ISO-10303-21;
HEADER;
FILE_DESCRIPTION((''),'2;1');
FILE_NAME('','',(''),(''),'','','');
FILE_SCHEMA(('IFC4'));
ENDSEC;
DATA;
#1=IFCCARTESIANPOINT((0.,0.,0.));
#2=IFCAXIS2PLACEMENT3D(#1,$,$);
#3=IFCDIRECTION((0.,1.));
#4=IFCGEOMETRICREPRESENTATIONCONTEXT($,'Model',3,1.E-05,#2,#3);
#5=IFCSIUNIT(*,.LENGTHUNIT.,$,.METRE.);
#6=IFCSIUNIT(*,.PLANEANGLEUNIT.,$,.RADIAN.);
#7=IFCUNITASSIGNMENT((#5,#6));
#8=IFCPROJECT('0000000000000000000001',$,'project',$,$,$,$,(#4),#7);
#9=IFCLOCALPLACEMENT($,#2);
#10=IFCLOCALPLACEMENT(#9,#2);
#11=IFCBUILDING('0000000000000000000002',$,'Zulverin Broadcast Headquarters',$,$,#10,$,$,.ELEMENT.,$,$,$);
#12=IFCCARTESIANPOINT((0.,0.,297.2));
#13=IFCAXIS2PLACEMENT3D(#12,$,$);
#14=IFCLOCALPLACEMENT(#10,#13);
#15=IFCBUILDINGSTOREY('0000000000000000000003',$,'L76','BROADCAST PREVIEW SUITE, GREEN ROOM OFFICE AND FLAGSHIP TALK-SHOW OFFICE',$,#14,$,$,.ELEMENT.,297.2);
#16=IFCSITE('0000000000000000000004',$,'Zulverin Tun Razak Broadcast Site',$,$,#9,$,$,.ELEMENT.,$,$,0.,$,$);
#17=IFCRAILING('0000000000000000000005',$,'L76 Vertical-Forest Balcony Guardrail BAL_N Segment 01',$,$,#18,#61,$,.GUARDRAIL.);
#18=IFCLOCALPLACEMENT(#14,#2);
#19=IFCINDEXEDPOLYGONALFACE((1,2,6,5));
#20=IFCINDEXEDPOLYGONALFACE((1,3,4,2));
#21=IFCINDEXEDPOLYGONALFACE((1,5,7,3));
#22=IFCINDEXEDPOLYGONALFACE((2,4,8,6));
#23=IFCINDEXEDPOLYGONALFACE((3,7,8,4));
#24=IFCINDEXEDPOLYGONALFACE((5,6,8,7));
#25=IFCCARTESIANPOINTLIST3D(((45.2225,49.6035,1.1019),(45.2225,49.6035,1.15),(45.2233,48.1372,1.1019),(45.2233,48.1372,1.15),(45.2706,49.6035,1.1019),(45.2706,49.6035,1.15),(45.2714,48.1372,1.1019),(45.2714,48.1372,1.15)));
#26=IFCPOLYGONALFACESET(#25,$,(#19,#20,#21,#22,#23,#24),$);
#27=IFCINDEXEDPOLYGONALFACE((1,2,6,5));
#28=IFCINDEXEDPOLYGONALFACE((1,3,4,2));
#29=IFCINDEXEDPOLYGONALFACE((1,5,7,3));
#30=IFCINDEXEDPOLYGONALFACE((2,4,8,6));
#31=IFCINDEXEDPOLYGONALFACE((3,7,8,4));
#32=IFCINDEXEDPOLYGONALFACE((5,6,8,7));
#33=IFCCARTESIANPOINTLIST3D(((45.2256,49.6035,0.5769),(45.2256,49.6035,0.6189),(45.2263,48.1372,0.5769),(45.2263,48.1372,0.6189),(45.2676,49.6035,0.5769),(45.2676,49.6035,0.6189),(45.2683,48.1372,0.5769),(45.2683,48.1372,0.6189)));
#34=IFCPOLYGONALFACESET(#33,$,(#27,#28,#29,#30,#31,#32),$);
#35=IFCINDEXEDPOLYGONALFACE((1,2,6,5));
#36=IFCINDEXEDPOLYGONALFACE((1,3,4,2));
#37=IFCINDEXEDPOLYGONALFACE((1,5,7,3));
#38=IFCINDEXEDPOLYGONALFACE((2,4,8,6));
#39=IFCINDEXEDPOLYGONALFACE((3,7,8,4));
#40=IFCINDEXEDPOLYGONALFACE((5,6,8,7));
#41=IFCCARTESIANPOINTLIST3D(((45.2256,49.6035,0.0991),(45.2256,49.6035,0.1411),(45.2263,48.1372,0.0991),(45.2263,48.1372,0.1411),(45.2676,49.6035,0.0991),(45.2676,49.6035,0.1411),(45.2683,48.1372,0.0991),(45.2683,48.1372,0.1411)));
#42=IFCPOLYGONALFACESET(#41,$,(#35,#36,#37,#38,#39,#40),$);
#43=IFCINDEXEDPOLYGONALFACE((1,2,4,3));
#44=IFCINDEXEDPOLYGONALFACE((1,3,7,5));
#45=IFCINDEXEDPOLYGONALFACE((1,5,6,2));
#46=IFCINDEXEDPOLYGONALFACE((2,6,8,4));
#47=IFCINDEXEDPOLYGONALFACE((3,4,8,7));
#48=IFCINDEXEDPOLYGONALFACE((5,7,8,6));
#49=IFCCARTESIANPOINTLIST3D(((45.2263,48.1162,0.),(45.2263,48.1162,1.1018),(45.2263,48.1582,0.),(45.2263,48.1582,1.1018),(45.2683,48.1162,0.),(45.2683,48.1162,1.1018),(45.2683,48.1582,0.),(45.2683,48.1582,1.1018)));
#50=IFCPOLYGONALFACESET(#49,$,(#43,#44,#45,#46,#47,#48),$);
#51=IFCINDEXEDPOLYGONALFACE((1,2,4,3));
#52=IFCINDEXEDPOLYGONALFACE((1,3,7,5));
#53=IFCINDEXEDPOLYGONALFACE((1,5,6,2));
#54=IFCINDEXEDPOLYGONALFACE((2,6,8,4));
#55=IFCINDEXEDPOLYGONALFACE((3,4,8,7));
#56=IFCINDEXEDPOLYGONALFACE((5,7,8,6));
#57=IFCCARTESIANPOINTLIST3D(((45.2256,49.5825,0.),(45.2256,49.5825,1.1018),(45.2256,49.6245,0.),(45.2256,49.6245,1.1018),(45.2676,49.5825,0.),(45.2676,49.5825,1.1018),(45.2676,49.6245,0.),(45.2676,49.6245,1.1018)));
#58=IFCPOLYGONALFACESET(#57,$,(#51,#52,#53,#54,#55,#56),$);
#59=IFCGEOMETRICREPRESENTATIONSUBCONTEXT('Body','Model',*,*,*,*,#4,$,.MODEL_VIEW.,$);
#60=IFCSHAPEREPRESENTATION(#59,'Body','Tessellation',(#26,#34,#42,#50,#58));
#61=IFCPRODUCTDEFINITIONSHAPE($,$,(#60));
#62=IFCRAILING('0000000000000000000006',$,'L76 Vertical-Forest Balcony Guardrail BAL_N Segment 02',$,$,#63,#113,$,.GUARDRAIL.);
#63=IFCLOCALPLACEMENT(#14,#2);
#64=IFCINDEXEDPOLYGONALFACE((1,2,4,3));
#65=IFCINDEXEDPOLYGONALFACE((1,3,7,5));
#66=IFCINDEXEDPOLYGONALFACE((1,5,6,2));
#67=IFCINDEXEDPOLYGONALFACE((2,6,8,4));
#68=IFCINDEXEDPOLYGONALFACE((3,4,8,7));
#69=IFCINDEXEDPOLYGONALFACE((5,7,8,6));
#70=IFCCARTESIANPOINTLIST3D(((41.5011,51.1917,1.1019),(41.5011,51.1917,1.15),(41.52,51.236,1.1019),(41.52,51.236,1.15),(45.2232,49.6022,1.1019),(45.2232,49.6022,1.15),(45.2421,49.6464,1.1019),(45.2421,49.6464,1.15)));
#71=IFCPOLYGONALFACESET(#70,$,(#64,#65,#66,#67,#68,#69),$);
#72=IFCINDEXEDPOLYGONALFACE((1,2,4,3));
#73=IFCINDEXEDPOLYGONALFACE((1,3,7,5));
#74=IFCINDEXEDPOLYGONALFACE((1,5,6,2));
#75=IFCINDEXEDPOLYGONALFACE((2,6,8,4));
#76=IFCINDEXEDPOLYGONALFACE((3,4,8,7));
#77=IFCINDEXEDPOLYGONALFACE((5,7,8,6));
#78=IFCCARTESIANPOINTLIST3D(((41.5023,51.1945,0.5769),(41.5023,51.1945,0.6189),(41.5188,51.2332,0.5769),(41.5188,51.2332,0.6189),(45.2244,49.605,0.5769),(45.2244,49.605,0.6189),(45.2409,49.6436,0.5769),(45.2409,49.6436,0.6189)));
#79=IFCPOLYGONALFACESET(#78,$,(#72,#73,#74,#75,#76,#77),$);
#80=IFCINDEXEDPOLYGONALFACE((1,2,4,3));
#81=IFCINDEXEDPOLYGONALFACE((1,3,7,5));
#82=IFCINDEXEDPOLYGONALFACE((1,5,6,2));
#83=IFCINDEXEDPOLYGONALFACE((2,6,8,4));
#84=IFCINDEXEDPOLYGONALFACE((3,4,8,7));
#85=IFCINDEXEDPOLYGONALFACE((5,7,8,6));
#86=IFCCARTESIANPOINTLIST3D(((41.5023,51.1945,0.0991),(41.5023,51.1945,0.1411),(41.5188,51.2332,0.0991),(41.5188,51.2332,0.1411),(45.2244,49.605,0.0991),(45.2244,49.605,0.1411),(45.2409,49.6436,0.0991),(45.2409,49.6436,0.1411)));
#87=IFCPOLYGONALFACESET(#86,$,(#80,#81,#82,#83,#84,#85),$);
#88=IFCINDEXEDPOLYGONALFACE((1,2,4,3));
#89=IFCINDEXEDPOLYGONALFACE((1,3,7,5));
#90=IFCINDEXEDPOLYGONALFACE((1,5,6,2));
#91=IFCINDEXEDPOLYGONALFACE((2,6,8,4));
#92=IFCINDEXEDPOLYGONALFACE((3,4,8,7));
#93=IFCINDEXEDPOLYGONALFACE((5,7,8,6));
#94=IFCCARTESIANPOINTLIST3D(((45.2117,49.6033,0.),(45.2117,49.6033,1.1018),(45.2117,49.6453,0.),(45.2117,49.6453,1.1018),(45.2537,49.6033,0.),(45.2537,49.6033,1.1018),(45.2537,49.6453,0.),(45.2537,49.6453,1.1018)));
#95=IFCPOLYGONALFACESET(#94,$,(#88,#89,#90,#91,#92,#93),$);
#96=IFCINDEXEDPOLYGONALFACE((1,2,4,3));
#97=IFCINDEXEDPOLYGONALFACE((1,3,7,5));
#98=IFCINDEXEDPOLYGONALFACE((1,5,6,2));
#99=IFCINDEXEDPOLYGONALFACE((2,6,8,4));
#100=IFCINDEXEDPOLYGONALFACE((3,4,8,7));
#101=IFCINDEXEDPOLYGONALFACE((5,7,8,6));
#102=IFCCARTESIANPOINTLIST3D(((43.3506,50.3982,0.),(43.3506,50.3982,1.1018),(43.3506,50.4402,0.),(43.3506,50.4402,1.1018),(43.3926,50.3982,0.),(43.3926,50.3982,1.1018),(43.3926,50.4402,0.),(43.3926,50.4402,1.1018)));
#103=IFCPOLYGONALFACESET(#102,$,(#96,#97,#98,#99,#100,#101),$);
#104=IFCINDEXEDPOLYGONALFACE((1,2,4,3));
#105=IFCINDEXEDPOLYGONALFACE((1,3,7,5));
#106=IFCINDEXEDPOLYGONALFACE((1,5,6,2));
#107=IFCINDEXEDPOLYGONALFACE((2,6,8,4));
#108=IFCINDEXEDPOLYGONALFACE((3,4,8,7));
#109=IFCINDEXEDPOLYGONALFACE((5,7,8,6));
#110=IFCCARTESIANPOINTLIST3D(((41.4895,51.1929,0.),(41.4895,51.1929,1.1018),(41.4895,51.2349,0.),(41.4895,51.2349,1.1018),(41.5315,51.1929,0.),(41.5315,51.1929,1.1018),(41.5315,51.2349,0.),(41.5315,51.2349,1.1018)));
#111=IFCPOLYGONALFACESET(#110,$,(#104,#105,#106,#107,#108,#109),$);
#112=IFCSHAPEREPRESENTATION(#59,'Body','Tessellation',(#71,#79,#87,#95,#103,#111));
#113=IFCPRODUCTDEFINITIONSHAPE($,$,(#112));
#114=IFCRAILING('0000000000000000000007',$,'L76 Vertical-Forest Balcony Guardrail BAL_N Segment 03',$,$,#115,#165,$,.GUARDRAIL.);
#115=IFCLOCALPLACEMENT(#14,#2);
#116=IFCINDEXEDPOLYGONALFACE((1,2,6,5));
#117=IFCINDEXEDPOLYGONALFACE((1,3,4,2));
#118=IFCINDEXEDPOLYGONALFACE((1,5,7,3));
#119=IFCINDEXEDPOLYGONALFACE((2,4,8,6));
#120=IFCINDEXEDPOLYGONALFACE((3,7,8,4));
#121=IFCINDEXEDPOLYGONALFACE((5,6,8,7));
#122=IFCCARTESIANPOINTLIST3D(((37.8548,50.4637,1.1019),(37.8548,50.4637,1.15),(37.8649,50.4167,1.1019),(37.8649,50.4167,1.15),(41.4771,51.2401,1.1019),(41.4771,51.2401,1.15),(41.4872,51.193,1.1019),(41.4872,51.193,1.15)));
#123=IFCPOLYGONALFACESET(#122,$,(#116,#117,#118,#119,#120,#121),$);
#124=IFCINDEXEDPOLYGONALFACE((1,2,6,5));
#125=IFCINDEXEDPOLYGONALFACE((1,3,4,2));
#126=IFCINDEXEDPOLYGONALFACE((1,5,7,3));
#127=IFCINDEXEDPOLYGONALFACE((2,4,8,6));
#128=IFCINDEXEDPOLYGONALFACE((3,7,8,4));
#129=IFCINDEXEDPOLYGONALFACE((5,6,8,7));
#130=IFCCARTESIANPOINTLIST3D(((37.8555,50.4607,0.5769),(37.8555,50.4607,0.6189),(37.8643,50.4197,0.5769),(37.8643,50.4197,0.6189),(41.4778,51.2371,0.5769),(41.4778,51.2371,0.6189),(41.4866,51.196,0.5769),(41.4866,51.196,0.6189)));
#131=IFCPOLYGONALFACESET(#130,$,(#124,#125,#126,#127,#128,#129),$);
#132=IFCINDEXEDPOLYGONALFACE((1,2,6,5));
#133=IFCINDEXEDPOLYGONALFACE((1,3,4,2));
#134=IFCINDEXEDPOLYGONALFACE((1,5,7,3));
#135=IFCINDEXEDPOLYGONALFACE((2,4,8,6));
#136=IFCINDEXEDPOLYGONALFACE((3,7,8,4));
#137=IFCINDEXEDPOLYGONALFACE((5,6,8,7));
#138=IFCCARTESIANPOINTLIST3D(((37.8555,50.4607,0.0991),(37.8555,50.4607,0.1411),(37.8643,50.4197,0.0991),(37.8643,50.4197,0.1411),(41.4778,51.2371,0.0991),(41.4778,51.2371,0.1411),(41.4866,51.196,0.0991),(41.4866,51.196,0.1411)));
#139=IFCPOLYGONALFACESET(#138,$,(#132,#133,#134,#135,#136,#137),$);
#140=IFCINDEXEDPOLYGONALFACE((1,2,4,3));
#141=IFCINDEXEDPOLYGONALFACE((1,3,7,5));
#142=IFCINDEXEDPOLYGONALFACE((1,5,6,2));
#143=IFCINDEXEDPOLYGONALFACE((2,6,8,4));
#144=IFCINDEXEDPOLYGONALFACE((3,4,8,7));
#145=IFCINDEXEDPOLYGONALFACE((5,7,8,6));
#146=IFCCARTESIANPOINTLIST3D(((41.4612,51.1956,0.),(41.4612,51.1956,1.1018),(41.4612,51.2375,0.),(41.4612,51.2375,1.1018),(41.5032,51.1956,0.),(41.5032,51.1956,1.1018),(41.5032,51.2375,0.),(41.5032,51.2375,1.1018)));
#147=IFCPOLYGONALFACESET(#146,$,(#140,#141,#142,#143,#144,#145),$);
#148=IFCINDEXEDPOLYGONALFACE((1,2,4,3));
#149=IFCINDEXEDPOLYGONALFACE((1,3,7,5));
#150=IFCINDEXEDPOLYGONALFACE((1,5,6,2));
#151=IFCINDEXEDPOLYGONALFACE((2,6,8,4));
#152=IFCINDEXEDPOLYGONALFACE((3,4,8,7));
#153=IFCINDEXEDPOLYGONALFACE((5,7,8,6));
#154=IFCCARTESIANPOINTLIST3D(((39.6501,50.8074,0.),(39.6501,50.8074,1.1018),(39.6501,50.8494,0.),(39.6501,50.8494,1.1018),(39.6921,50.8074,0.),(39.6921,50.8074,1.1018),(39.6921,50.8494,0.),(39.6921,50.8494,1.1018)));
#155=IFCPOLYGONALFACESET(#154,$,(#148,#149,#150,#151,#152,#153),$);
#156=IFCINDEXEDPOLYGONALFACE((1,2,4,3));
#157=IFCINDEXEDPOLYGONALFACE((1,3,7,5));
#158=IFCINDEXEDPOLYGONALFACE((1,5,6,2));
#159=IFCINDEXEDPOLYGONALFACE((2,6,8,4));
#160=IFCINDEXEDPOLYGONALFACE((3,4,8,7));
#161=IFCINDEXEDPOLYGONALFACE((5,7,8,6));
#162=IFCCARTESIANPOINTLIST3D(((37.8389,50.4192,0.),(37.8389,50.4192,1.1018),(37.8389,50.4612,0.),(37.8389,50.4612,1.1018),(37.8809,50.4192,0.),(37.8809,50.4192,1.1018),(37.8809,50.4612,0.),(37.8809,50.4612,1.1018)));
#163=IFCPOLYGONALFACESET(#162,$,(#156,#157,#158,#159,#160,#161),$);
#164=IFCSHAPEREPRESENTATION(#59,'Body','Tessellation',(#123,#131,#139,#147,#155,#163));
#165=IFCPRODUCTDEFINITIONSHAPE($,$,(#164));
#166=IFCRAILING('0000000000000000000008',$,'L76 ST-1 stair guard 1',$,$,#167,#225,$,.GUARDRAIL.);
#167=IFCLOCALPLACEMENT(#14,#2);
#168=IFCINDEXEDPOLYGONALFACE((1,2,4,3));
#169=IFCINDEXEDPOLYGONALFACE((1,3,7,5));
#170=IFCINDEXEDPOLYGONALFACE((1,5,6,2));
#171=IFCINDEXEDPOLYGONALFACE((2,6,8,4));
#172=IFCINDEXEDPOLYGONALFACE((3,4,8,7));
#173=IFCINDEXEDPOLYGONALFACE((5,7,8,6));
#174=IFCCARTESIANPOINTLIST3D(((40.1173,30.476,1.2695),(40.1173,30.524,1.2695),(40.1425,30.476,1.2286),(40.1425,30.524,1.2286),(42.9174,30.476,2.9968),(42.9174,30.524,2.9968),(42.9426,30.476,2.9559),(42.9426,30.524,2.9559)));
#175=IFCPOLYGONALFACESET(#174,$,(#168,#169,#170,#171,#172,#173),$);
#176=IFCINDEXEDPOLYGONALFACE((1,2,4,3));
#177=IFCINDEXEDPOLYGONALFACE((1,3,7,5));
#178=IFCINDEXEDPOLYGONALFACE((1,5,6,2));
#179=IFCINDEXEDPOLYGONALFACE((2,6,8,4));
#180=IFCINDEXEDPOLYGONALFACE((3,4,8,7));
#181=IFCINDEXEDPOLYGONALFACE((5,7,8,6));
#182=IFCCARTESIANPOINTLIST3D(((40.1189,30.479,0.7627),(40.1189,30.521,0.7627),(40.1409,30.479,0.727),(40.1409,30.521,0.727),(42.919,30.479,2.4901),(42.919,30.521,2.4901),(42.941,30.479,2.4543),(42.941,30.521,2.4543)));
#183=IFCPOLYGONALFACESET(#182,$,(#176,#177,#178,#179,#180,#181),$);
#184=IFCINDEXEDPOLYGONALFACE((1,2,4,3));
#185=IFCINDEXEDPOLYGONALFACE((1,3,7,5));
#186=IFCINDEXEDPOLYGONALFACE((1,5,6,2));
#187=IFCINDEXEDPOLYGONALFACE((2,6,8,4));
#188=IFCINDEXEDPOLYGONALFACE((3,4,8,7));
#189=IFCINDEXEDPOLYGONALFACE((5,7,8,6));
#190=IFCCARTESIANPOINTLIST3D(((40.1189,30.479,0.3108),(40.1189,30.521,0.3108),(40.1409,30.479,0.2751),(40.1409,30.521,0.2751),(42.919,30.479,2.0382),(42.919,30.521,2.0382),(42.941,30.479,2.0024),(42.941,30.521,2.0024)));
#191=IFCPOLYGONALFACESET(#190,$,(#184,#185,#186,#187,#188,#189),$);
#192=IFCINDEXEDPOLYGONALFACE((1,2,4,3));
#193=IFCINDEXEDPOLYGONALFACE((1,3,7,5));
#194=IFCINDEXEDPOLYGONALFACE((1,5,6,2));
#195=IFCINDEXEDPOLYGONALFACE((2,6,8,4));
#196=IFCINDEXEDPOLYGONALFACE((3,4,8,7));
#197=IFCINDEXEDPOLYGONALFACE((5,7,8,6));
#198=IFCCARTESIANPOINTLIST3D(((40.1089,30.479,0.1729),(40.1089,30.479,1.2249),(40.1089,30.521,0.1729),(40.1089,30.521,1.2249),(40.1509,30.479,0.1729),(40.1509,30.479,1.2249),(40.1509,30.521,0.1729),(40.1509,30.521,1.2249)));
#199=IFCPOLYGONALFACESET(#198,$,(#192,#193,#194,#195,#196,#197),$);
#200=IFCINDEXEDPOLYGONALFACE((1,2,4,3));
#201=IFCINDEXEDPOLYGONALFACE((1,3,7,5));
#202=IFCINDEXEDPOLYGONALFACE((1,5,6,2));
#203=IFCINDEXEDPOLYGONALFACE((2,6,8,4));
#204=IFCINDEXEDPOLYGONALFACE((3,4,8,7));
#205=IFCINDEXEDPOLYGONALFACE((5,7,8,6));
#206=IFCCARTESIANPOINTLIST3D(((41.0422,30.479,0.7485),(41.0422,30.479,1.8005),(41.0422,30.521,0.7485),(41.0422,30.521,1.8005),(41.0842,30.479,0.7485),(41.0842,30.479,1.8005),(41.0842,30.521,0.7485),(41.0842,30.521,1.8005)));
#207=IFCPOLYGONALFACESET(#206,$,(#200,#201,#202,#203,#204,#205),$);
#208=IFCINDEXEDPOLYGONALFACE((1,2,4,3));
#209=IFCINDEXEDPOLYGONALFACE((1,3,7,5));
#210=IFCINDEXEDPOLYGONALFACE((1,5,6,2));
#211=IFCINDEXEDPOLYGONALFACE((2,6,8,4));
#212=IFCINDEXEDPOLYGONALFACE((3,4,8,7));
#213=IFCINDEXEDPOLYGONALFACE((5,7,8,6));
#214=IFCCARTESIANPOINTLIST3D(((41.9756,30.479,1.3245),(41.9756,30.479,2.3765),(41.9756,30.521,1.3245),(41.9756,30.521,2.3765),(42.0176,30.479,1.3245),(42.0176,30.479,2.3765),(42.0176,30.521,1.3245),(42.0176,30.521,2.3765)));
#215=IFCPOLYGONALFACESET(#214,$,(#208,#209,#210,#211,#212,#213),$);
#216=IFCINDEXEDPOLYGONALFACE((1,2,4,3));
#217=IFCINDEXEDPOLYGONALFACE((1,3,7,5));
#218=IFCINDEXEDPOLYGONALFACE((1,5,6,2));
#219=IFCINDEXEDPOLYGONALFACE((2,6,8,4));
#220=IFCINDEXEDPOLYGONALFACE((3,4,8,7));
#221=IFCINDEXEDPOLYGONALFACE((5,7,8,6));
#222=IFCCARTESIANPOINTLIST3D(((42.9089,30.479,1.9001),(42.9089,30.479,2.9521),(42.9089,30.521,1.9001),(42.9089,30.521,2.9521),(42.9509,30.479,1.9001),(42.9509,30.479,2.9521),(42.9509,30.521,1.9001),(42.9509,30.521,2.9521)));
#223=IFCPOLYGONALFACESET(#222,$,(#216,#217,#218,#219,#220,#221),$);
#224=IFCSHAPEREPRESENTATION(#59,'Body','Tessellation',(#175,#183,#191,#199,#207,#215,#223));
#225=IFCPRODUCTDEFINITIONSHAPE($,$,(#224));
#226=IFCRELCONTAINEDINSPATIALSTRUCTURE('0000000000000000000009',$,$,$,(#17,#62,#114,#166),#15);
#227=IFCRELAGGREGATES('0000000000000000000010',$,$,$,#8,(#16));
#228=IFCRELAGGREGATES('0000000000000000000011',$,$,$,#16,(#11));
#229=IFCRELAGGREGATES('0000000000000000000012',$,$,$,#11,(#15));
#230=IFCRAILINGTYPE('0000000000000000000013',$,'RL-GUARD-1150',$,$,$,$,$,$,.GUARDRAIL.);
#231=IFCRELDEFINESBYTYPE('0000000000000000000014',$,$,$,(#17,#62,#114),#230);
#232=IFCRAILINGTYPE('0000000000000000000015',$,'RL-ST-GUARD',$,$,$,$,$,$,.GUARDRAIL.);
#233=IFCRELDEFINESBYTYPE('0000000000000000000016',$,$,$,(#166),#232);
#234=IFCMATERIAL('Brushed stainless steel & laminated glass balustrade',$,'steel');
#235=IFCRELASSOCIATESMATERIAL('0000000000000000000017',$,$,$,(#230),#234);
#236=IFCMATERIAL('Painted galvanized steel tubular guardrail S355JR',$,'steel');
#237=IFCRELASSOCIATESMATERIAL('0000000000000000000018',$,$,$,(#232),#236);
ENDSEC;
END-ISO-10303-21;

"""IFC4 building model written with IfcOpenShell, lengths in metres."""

from ifc_helpers import new_model, si_unit, direction, frame, origin, origin_2d, place, context, subcontext, project, spatial, rectangle, extrude, material, type_object, element, save


model = new_model("IFC4")

# Units and contexts
model_context = context("Model", 3, precision=1e-05, world=origin(), true_north=direction((0.0, 1.0)))
body_context = subcontext(model_context, "Body", "Model", "MODEL_VIEW")
ifc_project = project(units=[si_unit("LENGTHUNIT", "METRE"), si_unit("PLANEANGLEUNIT", "RADIAN")], contexts=[model_context])

# Site, building, storey
site_placement = place(None, origin())
site = spatial("IfcSite", under=ifc_project, at=site_placement, Name="Zulverin Tun Razak Broadcast Site", CompositionType="ELEMENT", RefElevation=0.0)
building_placement = place(site_placement, origin())
building = spatial("IfcBuilding", under=site, at=building_placement, Name="Zulverin Broadcast Headquarters", CompositionType="ELEMENT")
storey_placement = place(building_placement, frame((0.0, 0.0, 297.2)))
storey = spatial("IfcBuildingStorey", under=building, at=storey_placement, Name="L76", Description="BROADCAST PREVIEW SUITE, GREEN ROOM OFFICE AND FLAGSHIP TALK-SHOW OFFICE", CompositionType="ELEMENT", Elevation=297.2)

# Railings
ifc_material_1 = material(Name="Brushed stainless steel & laminated glass balustrade", Category="steel")
railing_type_1 = type_object("IfcRailingType", Name="RL-GUARD-1150", PredefinedType="GUARDRAIL", material=ifc_material_1)
railing_1_placement = place(storey_placement, frame((45.2473, 48.1372, 0.0)))
element("IfcRailing", 1, at=railing_1_placement, inside=storey, type_object=railing_type_1, Name="L76 Vertical-Forest Balcony Guardrail BAL_N Segment 01", PredefinedType="GUARDRAIL", context=body_context, shape_type="SweptSolid", body=[
    extrude(rectangle(XDim=0.0481, YDim=0.0481, at=origin_2d()), frame((0.0, 0.0, 1.126), z_axis=(-0.0005, 1.0, 0.0), x_axis=(-1.0, -0.0005, 0.0)), (0.0, 0.0, 1.0), 1.4663),
    extrude(rectangle(XDim=0.042, YDim=0.042, at=origin_2d()), frame((0.0, 0.0, 0.5979), z_axis=(-0.0005, 1.0, 0.0), x_axis=(-1.0, -0.0005, 0.0)), (0.0, 0.0, 1.0), 1.4663),
    extrude(rectangle(XDim=0.042, YDim=0.042, at=origin_2d()), frame((0.0, 0.0, 0.1201), z_axis=(-0.0005, 1.0, 0.0), x_axis=(-1.0, -0.0005, 0.0)), (0.0, 0.0, 1.0), 1.4663),
    extrude(rectangle(XDim=0.042, YDim=0.042, at=origin_2d()), origin(), (0.0, 0.0, 1.0), 1.1018),
    extrude(rectangle(XDim=0.042, YDim=0.042, at=origin_2d()), frame((-0.0007, 1.4663, 0.0)), (0.0, 0.0, 1.0), 1.1018),
])
railing_2_placement = place(storey_placement, frame((45.2327, 49.6243, 0.0)))
element("IfcRailing", 2, at=railing_2_placement, inside=storey, type_object=railing_type_1, Name="L76 Vertical-Forest Balcony Guardrail BAL_N Segment 02", PredefinedType="GUARDRAIL", context=body_context, shape_type="SweptSolid", body=[
    extrude(rectangle(XDim=0.0481, YDim=0.0481, at=origin_2d()), frame((0.0, 0.0, 1.126), z_axis=(-0.919647, 0.392747, 0.0), x_axis=(-0.392747, -0.919647, 0.0)), (0.0, 0.0, 1.0), 4.0474),
    extrude(rectangle(XDim=0.042, YDim=0.042, at=origin_2d()), frame((0.0, 0.0, 0.5979), z_axis=(-0.919647, 0.392747, 0.0), x_axis=(-0.392747, -0.919647, 0.0)), (0.0, 0.0, 1.0), 4.0474),
    extrude(rectangle(XDim=0.042, YDim=0.042, at=origin_2d()), frame((0.0, 0.0, 0.1201), z_axis=(-0.919647, 0.392747, 0.0), x_axis=(-0.392747, -0.919647, 0.0)), (0.0, 0.0, 1.0), 4.0474),
    extrude(rectangle(XDim=0.042, YDim=0.042, at=origin_2d()), origin(), (0.0, 0.0, 1.0), 1.1018),
    extrude(rectangle(XDim=0.042, YDim=0.042, at=origin_2d()), frame((-1.8611, 0.7949, 0.0)), (0.0, 0.0, 1.0), 1.1018),
    extrude(rectangle(XDim=0.042, YDim=0.042, at=origin_2d()), frame((-3.7222, 1.5896, 0.0)), (0.0, 0.0, 1.0), 1.1018),
])
railing_3_placement = place(storey_placement, frame((41.4822, 51.2166, 0.0)))
element("IfcRailing", 3, at=railing_3_placement, inside=storey, type_object=railing_type_1, Name="L76 Vertical-Forest Balcony Guardrail BAL_N Segment 03", PredefinedType="GUARDRAIL", context=body_context, shape_type="SweptSolid", body=[
    extrude(rectangle(XDim=0.0481, YDim=0.0481, at=origin_2d()), frame((0.0, 0.0, 1.126), z_axis=(-0.977794, -0.20957, 0.0), x_axis=(0.20957, -0.977794, 0.0)), (0.0, 0.0, 1.0), 3.7046),
    extrude(rectangle(XDim=0.042, YDim=0.042, at=origin_2d()), frame((0.0, 0.0, 0.5979), z_axis=(-0.977794, -0.20957, 0.0), x_axis=(0.20957, -0.977794, 0.0)), (0.0, 0.0, 1.0), 3.7046),
    extrude(rectangle(XDim=0.042, YDim=0.042, at=origin_2d()), frame((0.0, 0.0, 0.1201), z_axis=(-0.977794, -0.20957, 0.0), x_axis=(0.20957, -0.977794, 0.0)), (0.0, 0.0, 1.0), 3.7046),
    extrude(rectangle(XDim=0.042, YDim=0.042, at=origin_2d()), origin(), (0.0, 0.0, 1.0), 1.1018),
    extrude(rectangle(XDim=0.042, YDim=0.042, at=origin_2d()), frame((-1.811, -0.3882, 0.0)), (0.0, 0.0, 1.0), 1.1018),
    extrude(rectangle(XDim=0.042, YDim=0.042, at=origin_2d()), frame((-3.6223, -0.7764, 0.0)), (0.0, 0.0, 1.0), 1.1018),
])
ifc_material_2 = material(Name="Painted galvanized steel tubular guardrail S355JR", Category="steel")
railing_type_2 = type_object("IfcRailingType", Name="RL-ST-GUARD", PredefinedType="GUARDRAIL", material=ifc_material_2)
railing_4_placement = place(storey_placement, frame((40.1299, 30.5, 0.1729)))
element("IfcRailing", 4, at=railing_4_placement, inside=storey, type_object=railing_type_2, Name="L76 ST-1 stair guard 1", PredefinedType="GUARDRAIL", context=body_context, shape_type="SweptSolid", body=[
    extrude(rectangle(XDim=0.0481, YDim=0.0481, at=origin_2d()), frame((0.0, 0.0, 1.0762), z_axis=(0.85109, 0.0, 0.52502), x_axis=(0.0, 1.0, 0.0)), (0.0, 0.0, 1.0), 3.29),
    extrude(rectangle(XDim=0.042, YDim=0.042, at=origin_2d()), frame((0.0, 0.0, 0.572), z_axis=(0.85109, 0.0, 0.52502), x_axis=(0.0, 1.0, 0.0)), (0.0, 0.0, 1.0), 3.29),
    extrude(rectangle(XDim=0.042, YDim=0.042, at=origin_2d()), frame((0.0, 0.0, 0.1201), z_axis=(0.85109, 0.0, 0.52502), x_axis=(0.0, 1.0, 0.0)), (0.0, 0.0, 1.0), 3.29),
    extrude(rectangle(XDim=0.042, YDim=0.042, at=origin_2d()), origin(), (0.0, 0.0, 1.0), 1.052),
    extrude(rectangle(XDim=0.042, YDim=0.042, at=origin_2d()), frame((0.9333, 0.0, 0.5757)), (0.0, 0.0, 1.0), 1.052),
    extrude(rectangle(XDim=0.042, YDim=0.042, at=origin_2d()), frame((1.8667, 0.0, 1.1516)), (0.0, 0.0, 1.0), 1.052),
    extrude(rectangle(XDim=0.042, YDim=0.042, at=origin_2d()), frame((2.8, 0.0, 1.7273)), (0.0, 0.0, 1.0), 1.052),
])

save(model, "model.ifc")
